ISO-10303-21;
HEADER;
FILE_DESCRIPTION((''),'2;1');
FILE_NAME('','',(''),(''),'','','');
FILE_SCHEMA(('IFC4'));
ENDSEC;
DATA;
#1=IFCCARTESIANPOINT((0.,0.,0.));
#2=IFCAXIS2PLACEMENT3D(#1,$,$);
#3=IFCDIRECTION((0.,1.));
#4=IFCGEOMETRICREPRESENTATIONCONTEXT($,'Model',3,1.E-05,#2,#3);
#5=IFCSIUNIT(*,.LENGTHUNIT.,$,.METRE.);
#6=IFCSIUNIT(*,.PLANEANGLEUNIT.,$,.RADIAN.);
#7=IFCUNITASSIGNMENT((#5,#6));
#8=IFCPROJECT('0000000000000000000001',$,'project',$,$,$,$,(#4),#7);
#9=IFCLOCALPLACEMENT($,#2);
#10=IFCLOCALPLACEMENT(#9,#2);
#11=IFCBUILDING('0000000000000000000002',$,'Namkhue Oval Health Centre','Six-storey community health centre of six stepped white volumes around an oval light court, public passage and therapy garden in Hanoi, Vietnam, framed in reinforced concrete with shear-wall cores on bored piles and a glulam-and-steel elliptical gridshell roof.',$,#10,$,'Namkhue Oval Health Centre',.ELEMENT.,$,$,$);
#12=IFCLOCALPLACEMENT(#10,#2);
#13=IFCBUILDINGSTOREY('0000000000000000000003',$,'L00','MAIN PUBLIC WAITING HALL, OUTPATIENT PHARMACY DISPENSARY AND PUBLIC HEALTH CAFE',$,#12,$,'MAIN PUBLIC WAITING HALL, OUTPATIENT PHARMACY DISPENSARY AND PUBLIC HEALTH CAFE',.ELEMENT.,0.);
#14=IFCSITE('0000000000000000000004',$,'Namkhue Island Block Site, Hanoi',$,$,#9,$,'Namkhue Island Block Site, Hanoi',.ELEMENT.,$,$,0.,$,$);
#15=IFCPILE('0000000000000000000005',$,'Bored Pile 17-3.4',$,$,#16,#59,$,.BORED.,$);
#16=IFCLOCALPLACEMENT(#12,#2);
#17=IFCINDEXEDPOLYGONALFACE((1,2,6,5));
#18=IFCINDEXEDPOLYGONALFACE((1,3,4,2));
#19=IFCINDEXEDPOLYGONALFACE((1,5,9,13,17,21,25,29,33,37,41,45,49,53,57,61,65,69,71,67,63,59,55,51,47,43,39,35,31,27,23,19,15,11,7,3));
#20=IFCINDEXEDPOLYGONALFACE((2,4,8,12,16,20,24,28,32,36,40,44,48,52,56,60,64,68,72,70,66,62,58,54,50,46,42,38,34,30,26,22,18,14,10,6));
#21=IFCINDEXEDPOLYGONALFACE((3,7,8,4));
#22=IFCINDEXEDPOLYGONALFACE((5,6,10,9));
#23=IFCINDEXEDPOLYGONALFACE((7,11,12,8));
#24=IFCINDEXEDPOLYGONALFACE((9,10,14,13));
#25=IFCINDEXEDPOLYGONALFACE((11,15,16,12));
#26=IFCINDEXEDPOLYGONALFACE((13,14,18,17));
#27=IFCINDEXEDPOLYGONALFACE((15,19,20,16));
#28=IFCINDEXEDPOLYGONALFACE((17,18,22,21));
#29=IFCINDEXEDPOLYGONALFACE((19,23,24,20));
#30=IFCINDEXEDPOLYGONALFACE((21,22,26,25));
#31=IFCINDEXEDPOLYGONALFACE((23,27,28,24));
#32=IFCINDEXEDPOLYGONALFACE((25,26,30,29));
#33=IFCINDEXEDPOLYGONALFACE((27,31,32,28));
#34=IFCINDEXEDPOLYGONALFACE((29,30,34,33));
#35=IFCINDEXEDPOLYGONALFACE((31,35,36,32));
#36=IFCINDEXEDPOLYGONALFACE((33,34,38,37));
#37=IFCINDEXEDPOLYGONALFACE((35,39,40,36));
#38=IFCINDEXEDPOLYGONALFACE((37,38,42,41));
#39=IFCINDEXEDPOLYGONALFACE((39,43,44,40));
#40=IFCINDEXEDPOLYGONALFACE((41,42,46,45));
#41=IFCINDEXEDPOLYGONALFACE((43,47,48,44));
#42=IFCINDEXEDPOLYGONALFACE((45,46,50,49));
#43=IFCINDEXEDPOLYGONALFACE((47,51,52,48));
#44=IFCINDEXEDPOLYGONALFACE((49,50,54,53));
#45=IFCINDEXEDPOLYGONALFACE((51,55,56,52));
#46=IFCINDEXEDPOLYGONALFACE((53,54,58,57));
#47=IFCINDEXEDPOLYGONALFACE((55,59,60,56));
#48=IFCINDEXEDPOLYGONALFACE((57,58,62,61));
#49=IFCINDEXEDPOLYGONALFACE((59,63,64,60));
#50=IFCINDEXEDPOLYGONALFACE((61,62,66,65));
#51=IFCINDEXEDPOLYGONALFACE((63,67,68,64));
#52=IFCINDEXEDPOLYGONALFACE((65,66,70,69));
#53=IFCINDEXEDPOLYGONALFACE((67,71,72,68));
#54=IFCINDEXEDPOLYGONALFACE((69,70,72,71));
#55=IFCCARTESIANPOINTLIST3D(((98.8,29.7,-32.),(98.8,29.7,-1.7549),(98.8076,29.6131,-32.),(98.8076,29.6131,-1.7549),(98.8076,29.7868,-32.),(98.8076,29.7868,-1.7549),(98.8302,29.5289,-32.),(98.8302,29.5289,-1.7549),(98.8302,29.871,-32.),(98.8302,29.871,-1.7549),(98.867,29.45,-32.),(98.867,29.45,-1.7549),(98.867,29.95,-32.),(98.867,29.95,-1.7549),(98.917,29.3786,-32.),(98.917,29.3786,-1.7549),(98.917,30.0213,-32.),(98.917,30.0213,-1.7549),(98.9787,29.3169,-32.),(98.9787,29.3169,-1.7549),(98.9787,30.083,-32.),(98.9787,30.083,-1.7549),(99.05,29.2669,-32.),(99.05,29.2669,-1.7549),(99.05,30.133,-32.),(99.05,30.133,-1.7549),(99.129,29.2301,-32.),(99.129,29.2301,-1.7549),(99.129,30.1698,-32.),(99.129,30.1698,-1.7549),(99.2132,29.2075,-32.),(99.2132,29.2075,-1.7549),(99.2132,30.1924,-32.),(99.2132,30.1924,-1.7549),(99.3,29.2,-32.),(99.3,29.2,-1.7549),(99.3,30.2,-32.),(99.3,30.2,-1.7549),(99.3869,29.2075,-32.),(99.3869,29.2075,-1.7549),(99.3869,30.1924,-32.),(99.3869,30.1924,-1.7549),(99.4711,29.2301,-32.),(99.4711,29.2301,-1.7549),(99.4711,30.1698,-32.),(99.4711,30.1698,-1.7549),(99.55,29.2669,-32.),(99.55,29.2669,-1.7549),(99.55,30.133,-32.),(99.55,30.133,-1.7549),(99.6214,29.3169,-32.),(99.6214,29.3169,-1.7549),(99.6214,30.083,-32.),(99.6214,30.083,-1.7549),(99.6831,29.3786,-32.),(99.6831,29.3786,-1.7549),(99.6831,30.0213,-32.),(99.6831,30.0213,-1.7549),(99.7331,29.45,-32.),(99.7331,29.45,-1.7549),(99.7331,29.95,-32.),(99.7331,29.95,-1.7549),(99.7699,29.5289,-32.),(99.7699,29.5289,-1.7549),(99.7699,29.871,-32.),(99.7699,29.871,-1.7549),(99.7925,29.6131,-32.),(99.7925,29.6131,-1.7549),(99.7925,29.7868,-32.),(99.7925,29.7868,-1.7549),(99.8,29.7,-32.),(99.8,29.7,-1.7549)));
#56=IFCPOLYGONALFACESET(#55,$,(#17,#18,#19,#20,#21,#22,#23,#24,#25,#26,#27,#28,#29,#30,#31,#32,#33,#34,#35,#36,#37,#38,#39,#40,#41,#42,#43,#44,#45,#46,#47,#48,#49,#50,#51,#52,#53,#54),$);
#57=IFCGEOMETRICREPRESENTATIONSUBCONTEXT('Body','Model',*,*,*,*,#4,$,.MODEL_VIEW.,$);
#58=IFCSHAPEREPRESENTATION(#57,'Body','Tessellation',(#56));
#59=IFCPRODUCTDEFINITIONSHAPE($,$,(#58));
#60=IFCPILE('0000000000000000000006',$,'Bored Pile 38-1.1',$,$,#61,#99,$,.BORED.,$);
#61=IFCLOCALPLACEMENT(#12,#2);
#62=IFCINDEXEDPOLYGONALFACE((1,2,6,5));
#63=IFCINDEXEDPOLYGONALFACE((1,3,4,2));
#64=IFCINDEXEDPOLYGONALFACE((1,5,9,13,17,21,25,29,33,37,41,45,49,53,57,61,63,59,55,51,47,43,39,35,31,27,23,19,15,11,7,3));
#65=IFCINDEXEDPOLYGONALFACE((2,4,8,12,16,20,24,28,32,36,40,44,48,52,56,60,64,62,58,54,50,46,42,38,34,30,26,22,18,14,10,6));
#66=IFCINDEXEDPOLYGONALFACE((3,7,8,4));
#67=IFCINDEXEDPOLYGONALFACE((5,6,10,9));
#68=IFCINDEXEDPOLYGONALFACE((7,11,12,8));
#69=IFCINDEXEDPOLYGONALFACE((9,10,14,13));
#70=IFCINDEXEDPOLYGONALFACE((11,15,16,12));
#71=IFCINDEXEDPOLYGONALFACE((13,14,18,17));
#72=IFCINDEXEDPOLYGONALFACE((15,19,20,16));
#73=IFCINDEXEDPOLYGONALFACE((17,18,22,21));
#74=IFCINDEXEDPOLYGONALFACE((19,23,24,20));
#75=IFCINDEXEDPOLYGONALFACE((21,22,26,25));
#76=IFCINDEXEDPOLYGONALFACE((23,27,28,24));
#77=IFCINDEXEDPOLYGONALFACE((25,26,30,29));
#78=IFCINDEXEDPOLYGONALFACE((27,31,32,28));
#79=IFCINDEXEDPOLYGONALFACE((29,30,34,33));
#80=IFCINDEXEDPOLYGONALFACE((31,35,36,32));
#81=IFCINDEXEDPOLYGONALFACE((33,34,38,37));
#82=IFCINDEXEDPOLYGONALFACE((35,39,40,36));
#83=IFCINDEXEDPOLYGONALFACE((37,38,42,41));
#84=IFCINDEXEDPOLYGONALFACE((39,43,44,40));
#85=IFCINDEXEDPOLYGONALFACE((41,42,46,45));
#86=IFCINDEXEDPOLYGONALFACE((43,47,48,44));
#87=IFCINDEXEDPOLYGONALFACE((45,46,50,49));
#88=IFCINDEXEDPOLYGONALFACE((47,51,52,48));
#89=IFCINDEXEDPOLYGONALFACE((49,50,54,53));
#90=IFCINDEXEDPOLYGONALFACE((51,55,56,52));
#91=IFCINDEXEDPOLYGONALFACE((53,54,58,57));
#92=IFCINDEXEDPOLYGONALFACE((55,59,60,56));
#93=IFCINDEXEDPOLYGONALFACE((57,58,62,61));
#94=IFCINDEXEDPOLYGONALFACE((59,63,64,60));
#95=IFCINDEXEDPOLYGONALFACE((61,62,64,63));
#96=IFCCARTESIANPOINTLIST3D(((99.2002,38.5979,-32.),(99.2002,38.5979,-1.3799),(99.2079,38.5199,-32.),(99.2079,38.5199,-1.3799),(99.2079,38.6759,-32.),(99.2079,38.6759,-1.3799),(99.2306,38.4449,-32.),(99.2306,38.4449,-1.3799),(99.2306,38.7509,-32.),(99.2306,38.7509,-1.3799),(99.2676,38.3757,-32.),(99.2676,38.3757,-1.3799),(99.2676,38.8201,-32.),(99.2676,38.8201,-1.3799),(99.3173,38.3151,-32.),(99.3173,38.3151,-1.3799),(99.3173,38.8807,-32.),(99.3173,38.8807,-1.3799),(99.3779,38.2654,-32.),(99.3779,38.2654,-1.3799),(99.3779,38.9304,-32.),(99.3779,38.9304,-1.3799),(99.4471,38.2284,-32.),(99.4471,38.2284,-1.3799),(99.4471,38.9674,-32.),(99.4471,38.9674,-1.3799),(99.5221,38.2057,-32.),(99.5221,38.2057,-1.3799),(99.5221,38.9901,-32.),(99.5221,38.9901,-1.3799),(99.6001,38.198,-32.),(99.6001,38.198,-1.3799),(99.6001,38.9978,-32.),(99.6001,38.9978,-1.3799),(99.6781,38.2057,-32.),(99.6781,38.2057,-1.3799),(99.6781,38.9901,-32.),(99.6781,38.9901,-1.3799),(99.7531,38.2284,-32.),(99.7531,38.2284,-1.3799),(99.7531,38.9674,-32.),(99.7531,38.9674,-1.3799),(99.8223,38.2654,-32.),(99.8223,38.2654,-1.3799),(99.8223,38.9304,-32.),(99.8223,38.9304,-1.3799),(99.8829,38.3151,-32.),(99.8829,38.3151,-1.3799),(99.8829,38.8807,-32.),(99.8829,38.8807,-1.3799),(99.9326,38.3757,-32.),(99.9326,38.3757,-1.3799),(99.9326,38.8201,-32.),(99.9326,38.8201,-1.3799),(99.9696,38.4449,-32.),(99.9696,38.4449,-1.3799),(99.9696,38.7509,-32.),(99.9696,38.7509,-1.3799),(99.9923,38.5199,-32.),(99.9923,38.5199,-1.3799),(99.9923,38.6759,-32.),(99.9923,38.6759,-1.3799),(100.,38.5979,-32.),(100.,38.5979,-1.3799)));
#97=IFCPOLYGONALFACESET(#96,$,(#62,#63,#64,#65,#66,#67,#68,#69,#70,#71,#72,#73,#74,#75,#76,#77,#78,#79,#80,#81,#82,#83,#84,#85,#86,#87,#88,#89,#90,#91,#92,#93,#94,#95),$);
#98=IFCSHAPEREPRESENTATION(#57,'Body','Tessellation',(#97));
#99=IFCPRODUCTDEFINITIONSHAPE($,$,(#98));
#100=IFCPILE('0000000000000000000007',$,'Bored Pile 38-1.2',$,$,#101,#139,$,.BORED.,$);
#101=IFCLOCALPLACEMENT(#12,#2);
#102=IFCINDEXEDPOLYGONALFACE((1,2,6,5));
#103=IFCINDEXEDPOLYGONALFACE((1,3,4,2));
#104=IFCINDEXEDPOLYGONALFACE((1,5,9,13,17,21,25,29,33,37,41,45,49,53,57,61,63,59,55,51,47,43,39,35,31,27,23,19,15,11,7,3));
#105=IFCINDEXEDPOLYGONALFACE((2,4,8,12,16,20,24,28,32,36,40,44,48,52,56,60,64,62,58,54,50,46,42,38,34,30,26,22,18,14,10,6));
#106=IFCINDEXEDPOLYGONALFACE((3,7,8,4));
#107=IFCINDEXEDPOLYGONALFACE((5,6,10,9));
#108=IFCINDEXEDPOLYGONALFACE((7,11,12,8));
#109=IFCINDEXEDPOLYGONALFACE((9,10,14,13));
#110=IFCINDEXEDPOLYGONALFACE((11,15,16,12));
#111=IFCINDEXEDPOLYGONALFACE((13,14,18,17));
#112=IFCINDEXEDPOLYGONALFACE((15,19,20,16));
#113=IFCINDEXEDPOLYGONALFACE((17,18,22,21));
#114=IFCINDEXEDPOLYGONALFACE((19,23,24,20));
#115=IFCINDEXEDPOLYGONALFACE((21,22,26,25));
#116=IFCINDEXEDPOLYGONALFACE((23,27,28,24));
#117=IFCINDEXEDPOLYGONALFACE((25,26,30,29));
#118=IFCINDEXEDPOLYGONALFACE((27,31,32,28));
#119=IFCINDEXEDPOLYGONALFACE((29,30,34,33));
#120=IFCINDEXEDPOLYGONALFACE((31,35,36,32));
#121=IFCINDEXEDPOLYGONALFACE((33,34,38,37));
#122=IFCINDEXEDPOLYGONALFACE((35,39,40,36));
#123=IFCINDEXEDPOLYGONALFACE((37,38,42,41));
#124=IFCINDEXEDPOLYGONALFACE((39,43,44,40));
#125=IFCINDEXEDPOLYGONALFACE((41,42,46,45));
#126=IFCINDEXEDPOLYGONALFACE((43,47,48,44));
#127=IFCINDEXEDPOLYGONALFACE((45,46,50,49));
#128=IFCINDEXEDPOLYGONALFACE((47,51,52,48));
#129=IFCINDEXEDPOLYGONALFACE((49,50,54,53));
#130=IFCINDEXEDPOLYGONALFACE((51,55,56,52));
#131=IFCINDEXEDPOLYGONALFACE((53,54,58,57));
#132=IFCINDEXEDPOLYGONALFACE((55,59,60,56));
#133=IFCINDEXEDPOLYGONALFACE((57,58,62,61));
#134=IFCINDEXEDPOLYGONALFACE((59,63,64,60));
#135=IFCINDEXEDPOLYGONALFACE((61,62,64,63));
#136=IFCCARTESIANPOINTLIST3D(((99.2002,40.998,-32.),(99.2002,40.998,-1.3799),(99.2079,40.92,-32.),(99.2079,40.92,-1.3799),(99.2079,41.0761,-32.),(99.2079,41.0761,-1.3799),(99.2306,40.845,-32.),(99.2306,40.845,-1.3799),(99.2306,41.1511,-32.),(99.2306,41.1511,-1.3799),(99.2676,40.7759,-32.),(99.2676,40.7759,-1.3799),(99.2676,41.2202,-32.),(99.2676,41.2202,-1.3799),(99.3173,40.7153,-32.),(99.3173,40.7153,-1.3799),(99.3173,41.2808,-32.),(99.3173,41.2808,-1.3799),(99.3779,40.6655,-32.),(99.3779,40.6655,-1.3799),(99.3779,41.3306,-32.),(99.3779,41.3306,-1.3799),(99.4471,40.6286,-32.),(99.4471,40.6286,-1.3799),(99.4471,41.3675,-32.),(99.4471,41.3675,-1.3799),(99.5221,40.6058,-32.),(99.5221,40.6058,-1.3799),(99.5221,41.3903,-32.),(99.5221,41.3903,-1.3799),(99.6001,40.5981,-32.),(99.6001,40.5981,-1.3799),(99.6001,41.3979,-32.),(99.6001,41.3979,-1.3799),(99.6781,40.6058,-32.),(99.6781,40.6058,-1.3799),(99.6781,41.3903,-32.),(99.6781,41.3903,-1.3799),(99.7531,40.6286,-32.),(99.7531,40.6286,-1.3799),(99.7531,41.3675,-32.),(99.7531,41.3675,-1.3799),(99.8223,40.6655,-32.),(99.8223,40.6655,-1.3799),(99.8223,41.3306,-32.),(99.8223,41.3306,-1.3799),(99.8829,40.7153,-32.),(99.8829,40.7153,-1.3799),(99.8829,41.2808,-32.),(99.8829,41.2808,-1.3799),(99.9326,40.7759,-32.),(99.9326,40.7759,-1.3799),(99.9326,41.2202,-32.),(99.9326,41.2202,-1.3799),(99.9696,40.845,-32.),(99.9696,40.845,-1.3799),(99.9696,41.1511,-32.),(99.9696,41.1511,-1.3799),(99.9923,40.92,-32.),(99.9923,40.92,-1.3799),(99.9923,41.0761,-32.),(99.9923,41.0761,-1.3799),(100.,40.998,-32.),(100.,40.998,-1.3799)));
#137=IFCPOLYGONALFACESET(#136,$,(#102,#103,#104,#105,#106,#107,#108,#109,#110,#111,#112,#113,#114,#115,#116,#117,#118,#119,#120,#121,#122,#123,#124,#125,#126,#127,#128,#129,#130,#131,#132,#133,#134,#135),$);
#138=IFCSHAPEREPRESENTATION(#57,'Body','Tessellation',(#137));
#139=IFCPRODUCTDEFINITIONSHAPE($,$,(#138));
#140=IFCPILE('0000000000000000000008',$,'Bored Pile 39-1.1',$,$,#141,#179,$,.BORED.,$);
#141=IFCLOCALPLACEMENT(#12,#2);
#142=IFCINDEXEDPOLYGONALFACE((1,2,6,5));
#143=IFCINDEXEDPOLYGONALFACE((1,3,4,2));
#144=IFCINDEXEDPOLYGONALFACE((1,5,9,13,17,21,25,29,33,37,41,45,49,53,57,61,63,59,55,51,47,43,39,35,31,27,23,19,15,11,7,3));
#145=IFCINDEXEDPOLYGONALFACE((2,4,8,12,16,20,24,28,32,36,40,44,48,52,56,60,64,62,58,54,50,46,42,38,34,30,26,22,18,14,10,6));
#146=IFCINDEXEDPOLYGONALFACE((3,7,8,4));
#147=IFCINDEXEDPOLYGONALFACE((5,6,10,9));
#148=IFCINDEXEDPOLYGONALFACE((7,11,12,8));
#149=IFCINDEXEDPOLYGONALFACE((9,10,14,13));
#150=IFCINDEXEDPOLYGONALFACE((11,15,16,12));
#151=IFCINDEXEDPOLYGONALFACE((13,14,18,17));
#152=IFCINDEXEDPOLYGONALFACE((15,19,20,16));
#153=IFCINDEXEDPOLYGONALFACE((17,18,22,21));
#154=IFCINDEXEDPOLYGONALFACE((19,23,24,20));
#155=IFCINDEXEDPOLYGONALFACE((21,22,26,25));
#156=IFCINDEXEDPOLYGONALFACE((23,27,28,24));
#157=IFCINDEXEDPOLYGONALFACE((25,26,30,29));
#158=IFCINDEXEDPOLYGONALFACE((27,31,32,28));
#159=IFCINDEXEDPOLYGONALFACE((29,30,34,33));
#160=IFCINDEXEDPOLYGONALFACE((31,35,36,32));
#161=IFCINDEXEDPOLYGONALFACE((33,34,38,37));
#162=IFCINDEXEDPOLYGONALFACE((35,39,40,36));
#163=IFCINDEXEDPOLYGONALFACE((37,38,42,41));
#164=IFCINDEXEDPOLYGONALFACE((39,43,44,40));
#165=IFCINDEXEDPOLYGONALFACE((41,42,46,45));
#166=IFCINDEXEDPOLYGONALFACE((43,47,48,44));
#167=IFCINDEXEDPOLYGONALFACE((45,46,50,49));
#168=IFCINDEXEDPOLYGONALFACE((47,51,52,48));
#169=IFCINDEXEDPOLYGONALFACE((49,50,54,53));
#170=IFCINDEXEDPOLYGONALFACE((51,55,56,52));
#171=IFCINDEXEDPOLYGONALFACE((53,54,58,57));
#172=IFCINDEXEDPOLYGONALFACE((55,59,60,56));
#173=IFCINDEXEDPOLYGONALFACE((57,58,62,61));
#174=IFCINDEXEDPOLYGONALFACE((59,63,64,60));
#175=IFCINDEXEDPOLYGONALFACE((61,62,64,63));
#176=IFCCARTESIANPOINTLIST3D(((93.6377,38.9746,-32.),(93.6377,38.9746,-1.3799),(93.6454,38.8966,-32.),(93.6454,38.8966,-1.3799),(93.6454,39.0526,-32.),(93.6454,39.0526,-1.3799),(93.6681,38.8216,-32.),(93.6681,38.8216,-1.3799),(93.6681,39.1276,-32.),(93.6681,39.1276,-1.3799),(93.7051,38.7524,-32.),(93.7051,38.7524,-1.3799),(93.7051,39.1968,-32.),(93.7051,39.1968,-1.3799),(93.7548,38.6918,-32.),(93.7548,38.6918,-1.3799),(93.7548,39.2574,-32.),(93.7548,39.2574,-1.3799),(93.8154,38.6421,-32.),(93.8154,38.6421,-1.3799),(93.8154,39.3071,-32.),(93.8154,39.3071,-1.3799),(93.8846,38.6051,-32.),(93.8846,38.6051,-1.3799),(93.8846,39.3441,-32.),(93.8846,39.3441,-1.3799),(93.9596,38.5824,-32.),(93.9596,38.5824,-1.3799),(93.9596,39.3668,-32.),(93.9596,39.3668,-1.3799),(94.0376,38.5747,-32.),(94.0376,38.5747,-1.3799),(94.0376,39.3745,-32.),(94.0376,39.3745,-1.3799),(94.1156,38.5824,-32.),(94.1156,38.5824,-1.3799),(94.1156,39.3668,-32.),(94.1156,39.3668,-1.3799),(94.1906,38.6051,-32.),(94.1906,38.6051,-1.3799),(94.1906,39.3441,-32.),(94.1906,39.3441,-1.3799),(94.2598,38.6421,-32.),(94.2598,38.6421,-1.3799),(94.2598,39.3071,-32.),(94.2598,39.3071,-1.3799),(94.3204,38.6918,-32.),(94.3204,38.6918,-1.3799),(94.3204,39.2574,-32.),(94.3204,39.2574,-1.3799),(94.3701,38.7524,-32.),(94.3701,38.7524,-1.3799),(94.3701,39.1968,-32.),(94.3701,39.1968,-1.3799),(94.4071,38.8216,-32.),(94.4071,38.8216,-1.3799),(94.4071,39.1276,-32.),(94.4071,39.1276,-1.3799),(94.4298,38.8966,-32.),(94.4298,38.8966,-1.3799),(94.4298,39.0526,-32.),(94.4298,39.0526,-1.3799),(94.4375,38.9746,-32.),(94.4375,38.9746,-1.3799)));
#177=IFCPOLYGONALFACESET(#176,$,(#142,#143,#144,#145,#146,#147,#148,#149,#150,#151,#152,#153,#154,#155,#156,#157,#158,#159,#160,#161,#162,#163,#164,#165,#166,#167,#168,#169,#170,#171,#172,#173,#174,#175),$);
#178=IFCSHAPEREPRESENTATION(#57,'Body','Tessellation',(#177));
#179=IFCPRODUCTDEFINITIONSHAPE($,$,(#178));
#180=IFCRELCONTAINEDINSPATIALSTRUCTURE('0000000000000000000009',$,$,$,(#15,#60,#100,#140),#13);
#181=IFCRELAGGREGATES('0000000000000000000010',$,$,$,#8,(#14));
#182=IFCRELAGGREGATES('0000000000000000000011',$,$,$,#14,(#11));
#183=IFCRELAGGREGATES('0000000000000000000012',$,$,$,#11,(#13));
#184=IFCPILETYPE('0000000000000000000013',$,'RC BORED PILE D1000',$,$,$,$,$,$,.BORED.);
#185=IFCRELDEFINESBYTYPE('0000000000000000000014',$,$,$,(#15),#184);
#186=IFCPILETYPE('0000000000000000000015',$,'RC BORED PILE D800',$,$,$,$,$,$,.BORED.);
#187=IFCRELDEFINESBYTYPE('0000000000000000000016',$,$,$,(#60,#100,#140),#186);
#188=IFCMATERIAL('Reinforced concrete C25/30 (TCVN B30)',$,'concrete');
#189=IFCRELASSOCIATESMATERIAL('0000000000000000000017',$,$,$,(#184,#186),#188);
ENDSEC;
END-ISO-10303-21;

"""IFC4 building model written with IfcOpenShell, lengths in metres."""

from ifc_helpers import new_model, si_unit, direction, frame, origin, origin_2d, place, context, subcontext, project, spatial, circle, extrude, material, material_profile, profile_set, type_object, element, save


model = new_model("IFC4")

# Units and contexts
model_context = context("Model", 3, precision=1e-05, world=origin(), true_north=direction((0.0, 1.0)))
body_context = subcontext(model_context, "Body", "Model", "MODEL_VIEW")
ifc_project = project(units=[si_unit("LENGTHUNIT", "METRE"), si_unit("PLANEANGLEUNIT", "RADIAN")], contexts=[model_context])

# Site, building, storey
site_placement = place(None, origin())
site = spatial("IfcSite", under=ifc_project, at=site_placement, Name="Namkhue Island Block Site, Hanoi", LongName="Namkhue Island Block Site, Hanoi", CompositionType="ELEMENT", RefElevation=0.0)
building_placement = place(site_placement, origin())
building = spatial("IfcBuilding", under=site, at=building_placement, Name="Namkhue Oval Health Centre", Description="Six-storey community health centre of six stepped white volumes around an oval light court, public passage and therapy garden in Hanoi, Vietnam, framed in reinforced concrete with shear-wall cores on bored piles and a glulam-and-steel elliptical gridshell roof.", LongName="Namkhue Oval Health Centre", CompositionType="ELEMENT")
storey_placement = place(building_placement, origin())
storey = spatial("IfcBuildingStorey", under=building, at=storey_placement, Name="L00", Description="MAIN PUBLIC WAITING HALL, OUTPATIENT PHARMACY DISPENSARY AND PUBLIC HEALTH CAFE", LongName="MAIN PUBLIC WAITING HALL, OUTPATIENT PHARMACY DISPENSARY AND PUBLIC HEALTH CAFE", CompositionType="ELEMENT", Elevation=0.0)

# Piles
ifc_material_1 = material(Name="Reinforced concrete C25/30 (TCVN B30)", Category="concrete")
ifc_material_profile_1 = material_profile(ifc_material_1, circle(Radius=0.5, at=origin_2d()), Name="BORED PILE D1000")
ifc_profile_set_1 = profile_set([ifc_material_profile_1], Name="Reinforced concrete C25/30 (TCVN B30)")
pile_type_1 = type_object("IfcPileType", Name="RC BORED PILE D1000", PredefinedType="BORED", material=ifc_profile_set_1)
for number, where, z_axis, x_axis, name in (
    (1, (99.3, 29.7, -1.7549), (0.0, 0.0, -1.0), (1.0, 0.0, 0.0), "Bored Pile 17-3.4"),
):
    element("IfcPile", number, at=place(storey_placement, frame(where, z_axis=z_axis, x_axis=x_axis)), inside=storey, type_object=pile_type_1, Name=name, PredefinedType="BORED", context=body_context, shape_type="SweptSolid", body=[
        extrude(circle(Radius=0.5, at=origin_2d()), origin(), (0.0, 0.0, 1.0), 30.2451),
    ])
ifc_material_profile_2 = material_profile(ifc_material_1, circle(Radius=0.3999, at=origin_2d()), Name="BORED PILE D800")
ifc_profile_set_2 = profile_set([ifc_material_profile_2], Name="Reinforced concrete C25/30 (TCVN B30)")
pile_type_2 = type_object("IfcPileType", Name="RC BORED PILE D800", PredefinedType="BORED", material=ifc_profile_set_2)
for number, where, z_axis, x_axis, name in (
    (2, (99.6001, 38.5979, -1.3799), (0.0, 0.0, -1.0), (1.0, 0.0, 0.0), "Bored Pile 38-1.1"),
    (3, (99.6001, 40.998, -1.3799), (0.0, 0.0, -1.0), (1.0, 0.0, 0.0), "Bored Pile 38-1.2"),
    (4, (94.0376, 38.9746, -1.3799), (0.0, 0.0, -1.0), (1.0, 0.0, 0.0), "Bored Pile 39-1.1"),
):
    element("IfcPile", number, at=place(storey_placement, frame(where, z_axis=z_axis, x_axis=x_axis)), inside=storey, type_object=pile_type_2, Name=name, PredefinedType="BORED", context=body_context, shape_type="SweptSolid", body=[
        extrude(circle(Radius=0.3999, at=origin_2d()), origin(), (0.0, 0.0, 1.0), 30.6201),
    ])

save(model, "model.ifc")
